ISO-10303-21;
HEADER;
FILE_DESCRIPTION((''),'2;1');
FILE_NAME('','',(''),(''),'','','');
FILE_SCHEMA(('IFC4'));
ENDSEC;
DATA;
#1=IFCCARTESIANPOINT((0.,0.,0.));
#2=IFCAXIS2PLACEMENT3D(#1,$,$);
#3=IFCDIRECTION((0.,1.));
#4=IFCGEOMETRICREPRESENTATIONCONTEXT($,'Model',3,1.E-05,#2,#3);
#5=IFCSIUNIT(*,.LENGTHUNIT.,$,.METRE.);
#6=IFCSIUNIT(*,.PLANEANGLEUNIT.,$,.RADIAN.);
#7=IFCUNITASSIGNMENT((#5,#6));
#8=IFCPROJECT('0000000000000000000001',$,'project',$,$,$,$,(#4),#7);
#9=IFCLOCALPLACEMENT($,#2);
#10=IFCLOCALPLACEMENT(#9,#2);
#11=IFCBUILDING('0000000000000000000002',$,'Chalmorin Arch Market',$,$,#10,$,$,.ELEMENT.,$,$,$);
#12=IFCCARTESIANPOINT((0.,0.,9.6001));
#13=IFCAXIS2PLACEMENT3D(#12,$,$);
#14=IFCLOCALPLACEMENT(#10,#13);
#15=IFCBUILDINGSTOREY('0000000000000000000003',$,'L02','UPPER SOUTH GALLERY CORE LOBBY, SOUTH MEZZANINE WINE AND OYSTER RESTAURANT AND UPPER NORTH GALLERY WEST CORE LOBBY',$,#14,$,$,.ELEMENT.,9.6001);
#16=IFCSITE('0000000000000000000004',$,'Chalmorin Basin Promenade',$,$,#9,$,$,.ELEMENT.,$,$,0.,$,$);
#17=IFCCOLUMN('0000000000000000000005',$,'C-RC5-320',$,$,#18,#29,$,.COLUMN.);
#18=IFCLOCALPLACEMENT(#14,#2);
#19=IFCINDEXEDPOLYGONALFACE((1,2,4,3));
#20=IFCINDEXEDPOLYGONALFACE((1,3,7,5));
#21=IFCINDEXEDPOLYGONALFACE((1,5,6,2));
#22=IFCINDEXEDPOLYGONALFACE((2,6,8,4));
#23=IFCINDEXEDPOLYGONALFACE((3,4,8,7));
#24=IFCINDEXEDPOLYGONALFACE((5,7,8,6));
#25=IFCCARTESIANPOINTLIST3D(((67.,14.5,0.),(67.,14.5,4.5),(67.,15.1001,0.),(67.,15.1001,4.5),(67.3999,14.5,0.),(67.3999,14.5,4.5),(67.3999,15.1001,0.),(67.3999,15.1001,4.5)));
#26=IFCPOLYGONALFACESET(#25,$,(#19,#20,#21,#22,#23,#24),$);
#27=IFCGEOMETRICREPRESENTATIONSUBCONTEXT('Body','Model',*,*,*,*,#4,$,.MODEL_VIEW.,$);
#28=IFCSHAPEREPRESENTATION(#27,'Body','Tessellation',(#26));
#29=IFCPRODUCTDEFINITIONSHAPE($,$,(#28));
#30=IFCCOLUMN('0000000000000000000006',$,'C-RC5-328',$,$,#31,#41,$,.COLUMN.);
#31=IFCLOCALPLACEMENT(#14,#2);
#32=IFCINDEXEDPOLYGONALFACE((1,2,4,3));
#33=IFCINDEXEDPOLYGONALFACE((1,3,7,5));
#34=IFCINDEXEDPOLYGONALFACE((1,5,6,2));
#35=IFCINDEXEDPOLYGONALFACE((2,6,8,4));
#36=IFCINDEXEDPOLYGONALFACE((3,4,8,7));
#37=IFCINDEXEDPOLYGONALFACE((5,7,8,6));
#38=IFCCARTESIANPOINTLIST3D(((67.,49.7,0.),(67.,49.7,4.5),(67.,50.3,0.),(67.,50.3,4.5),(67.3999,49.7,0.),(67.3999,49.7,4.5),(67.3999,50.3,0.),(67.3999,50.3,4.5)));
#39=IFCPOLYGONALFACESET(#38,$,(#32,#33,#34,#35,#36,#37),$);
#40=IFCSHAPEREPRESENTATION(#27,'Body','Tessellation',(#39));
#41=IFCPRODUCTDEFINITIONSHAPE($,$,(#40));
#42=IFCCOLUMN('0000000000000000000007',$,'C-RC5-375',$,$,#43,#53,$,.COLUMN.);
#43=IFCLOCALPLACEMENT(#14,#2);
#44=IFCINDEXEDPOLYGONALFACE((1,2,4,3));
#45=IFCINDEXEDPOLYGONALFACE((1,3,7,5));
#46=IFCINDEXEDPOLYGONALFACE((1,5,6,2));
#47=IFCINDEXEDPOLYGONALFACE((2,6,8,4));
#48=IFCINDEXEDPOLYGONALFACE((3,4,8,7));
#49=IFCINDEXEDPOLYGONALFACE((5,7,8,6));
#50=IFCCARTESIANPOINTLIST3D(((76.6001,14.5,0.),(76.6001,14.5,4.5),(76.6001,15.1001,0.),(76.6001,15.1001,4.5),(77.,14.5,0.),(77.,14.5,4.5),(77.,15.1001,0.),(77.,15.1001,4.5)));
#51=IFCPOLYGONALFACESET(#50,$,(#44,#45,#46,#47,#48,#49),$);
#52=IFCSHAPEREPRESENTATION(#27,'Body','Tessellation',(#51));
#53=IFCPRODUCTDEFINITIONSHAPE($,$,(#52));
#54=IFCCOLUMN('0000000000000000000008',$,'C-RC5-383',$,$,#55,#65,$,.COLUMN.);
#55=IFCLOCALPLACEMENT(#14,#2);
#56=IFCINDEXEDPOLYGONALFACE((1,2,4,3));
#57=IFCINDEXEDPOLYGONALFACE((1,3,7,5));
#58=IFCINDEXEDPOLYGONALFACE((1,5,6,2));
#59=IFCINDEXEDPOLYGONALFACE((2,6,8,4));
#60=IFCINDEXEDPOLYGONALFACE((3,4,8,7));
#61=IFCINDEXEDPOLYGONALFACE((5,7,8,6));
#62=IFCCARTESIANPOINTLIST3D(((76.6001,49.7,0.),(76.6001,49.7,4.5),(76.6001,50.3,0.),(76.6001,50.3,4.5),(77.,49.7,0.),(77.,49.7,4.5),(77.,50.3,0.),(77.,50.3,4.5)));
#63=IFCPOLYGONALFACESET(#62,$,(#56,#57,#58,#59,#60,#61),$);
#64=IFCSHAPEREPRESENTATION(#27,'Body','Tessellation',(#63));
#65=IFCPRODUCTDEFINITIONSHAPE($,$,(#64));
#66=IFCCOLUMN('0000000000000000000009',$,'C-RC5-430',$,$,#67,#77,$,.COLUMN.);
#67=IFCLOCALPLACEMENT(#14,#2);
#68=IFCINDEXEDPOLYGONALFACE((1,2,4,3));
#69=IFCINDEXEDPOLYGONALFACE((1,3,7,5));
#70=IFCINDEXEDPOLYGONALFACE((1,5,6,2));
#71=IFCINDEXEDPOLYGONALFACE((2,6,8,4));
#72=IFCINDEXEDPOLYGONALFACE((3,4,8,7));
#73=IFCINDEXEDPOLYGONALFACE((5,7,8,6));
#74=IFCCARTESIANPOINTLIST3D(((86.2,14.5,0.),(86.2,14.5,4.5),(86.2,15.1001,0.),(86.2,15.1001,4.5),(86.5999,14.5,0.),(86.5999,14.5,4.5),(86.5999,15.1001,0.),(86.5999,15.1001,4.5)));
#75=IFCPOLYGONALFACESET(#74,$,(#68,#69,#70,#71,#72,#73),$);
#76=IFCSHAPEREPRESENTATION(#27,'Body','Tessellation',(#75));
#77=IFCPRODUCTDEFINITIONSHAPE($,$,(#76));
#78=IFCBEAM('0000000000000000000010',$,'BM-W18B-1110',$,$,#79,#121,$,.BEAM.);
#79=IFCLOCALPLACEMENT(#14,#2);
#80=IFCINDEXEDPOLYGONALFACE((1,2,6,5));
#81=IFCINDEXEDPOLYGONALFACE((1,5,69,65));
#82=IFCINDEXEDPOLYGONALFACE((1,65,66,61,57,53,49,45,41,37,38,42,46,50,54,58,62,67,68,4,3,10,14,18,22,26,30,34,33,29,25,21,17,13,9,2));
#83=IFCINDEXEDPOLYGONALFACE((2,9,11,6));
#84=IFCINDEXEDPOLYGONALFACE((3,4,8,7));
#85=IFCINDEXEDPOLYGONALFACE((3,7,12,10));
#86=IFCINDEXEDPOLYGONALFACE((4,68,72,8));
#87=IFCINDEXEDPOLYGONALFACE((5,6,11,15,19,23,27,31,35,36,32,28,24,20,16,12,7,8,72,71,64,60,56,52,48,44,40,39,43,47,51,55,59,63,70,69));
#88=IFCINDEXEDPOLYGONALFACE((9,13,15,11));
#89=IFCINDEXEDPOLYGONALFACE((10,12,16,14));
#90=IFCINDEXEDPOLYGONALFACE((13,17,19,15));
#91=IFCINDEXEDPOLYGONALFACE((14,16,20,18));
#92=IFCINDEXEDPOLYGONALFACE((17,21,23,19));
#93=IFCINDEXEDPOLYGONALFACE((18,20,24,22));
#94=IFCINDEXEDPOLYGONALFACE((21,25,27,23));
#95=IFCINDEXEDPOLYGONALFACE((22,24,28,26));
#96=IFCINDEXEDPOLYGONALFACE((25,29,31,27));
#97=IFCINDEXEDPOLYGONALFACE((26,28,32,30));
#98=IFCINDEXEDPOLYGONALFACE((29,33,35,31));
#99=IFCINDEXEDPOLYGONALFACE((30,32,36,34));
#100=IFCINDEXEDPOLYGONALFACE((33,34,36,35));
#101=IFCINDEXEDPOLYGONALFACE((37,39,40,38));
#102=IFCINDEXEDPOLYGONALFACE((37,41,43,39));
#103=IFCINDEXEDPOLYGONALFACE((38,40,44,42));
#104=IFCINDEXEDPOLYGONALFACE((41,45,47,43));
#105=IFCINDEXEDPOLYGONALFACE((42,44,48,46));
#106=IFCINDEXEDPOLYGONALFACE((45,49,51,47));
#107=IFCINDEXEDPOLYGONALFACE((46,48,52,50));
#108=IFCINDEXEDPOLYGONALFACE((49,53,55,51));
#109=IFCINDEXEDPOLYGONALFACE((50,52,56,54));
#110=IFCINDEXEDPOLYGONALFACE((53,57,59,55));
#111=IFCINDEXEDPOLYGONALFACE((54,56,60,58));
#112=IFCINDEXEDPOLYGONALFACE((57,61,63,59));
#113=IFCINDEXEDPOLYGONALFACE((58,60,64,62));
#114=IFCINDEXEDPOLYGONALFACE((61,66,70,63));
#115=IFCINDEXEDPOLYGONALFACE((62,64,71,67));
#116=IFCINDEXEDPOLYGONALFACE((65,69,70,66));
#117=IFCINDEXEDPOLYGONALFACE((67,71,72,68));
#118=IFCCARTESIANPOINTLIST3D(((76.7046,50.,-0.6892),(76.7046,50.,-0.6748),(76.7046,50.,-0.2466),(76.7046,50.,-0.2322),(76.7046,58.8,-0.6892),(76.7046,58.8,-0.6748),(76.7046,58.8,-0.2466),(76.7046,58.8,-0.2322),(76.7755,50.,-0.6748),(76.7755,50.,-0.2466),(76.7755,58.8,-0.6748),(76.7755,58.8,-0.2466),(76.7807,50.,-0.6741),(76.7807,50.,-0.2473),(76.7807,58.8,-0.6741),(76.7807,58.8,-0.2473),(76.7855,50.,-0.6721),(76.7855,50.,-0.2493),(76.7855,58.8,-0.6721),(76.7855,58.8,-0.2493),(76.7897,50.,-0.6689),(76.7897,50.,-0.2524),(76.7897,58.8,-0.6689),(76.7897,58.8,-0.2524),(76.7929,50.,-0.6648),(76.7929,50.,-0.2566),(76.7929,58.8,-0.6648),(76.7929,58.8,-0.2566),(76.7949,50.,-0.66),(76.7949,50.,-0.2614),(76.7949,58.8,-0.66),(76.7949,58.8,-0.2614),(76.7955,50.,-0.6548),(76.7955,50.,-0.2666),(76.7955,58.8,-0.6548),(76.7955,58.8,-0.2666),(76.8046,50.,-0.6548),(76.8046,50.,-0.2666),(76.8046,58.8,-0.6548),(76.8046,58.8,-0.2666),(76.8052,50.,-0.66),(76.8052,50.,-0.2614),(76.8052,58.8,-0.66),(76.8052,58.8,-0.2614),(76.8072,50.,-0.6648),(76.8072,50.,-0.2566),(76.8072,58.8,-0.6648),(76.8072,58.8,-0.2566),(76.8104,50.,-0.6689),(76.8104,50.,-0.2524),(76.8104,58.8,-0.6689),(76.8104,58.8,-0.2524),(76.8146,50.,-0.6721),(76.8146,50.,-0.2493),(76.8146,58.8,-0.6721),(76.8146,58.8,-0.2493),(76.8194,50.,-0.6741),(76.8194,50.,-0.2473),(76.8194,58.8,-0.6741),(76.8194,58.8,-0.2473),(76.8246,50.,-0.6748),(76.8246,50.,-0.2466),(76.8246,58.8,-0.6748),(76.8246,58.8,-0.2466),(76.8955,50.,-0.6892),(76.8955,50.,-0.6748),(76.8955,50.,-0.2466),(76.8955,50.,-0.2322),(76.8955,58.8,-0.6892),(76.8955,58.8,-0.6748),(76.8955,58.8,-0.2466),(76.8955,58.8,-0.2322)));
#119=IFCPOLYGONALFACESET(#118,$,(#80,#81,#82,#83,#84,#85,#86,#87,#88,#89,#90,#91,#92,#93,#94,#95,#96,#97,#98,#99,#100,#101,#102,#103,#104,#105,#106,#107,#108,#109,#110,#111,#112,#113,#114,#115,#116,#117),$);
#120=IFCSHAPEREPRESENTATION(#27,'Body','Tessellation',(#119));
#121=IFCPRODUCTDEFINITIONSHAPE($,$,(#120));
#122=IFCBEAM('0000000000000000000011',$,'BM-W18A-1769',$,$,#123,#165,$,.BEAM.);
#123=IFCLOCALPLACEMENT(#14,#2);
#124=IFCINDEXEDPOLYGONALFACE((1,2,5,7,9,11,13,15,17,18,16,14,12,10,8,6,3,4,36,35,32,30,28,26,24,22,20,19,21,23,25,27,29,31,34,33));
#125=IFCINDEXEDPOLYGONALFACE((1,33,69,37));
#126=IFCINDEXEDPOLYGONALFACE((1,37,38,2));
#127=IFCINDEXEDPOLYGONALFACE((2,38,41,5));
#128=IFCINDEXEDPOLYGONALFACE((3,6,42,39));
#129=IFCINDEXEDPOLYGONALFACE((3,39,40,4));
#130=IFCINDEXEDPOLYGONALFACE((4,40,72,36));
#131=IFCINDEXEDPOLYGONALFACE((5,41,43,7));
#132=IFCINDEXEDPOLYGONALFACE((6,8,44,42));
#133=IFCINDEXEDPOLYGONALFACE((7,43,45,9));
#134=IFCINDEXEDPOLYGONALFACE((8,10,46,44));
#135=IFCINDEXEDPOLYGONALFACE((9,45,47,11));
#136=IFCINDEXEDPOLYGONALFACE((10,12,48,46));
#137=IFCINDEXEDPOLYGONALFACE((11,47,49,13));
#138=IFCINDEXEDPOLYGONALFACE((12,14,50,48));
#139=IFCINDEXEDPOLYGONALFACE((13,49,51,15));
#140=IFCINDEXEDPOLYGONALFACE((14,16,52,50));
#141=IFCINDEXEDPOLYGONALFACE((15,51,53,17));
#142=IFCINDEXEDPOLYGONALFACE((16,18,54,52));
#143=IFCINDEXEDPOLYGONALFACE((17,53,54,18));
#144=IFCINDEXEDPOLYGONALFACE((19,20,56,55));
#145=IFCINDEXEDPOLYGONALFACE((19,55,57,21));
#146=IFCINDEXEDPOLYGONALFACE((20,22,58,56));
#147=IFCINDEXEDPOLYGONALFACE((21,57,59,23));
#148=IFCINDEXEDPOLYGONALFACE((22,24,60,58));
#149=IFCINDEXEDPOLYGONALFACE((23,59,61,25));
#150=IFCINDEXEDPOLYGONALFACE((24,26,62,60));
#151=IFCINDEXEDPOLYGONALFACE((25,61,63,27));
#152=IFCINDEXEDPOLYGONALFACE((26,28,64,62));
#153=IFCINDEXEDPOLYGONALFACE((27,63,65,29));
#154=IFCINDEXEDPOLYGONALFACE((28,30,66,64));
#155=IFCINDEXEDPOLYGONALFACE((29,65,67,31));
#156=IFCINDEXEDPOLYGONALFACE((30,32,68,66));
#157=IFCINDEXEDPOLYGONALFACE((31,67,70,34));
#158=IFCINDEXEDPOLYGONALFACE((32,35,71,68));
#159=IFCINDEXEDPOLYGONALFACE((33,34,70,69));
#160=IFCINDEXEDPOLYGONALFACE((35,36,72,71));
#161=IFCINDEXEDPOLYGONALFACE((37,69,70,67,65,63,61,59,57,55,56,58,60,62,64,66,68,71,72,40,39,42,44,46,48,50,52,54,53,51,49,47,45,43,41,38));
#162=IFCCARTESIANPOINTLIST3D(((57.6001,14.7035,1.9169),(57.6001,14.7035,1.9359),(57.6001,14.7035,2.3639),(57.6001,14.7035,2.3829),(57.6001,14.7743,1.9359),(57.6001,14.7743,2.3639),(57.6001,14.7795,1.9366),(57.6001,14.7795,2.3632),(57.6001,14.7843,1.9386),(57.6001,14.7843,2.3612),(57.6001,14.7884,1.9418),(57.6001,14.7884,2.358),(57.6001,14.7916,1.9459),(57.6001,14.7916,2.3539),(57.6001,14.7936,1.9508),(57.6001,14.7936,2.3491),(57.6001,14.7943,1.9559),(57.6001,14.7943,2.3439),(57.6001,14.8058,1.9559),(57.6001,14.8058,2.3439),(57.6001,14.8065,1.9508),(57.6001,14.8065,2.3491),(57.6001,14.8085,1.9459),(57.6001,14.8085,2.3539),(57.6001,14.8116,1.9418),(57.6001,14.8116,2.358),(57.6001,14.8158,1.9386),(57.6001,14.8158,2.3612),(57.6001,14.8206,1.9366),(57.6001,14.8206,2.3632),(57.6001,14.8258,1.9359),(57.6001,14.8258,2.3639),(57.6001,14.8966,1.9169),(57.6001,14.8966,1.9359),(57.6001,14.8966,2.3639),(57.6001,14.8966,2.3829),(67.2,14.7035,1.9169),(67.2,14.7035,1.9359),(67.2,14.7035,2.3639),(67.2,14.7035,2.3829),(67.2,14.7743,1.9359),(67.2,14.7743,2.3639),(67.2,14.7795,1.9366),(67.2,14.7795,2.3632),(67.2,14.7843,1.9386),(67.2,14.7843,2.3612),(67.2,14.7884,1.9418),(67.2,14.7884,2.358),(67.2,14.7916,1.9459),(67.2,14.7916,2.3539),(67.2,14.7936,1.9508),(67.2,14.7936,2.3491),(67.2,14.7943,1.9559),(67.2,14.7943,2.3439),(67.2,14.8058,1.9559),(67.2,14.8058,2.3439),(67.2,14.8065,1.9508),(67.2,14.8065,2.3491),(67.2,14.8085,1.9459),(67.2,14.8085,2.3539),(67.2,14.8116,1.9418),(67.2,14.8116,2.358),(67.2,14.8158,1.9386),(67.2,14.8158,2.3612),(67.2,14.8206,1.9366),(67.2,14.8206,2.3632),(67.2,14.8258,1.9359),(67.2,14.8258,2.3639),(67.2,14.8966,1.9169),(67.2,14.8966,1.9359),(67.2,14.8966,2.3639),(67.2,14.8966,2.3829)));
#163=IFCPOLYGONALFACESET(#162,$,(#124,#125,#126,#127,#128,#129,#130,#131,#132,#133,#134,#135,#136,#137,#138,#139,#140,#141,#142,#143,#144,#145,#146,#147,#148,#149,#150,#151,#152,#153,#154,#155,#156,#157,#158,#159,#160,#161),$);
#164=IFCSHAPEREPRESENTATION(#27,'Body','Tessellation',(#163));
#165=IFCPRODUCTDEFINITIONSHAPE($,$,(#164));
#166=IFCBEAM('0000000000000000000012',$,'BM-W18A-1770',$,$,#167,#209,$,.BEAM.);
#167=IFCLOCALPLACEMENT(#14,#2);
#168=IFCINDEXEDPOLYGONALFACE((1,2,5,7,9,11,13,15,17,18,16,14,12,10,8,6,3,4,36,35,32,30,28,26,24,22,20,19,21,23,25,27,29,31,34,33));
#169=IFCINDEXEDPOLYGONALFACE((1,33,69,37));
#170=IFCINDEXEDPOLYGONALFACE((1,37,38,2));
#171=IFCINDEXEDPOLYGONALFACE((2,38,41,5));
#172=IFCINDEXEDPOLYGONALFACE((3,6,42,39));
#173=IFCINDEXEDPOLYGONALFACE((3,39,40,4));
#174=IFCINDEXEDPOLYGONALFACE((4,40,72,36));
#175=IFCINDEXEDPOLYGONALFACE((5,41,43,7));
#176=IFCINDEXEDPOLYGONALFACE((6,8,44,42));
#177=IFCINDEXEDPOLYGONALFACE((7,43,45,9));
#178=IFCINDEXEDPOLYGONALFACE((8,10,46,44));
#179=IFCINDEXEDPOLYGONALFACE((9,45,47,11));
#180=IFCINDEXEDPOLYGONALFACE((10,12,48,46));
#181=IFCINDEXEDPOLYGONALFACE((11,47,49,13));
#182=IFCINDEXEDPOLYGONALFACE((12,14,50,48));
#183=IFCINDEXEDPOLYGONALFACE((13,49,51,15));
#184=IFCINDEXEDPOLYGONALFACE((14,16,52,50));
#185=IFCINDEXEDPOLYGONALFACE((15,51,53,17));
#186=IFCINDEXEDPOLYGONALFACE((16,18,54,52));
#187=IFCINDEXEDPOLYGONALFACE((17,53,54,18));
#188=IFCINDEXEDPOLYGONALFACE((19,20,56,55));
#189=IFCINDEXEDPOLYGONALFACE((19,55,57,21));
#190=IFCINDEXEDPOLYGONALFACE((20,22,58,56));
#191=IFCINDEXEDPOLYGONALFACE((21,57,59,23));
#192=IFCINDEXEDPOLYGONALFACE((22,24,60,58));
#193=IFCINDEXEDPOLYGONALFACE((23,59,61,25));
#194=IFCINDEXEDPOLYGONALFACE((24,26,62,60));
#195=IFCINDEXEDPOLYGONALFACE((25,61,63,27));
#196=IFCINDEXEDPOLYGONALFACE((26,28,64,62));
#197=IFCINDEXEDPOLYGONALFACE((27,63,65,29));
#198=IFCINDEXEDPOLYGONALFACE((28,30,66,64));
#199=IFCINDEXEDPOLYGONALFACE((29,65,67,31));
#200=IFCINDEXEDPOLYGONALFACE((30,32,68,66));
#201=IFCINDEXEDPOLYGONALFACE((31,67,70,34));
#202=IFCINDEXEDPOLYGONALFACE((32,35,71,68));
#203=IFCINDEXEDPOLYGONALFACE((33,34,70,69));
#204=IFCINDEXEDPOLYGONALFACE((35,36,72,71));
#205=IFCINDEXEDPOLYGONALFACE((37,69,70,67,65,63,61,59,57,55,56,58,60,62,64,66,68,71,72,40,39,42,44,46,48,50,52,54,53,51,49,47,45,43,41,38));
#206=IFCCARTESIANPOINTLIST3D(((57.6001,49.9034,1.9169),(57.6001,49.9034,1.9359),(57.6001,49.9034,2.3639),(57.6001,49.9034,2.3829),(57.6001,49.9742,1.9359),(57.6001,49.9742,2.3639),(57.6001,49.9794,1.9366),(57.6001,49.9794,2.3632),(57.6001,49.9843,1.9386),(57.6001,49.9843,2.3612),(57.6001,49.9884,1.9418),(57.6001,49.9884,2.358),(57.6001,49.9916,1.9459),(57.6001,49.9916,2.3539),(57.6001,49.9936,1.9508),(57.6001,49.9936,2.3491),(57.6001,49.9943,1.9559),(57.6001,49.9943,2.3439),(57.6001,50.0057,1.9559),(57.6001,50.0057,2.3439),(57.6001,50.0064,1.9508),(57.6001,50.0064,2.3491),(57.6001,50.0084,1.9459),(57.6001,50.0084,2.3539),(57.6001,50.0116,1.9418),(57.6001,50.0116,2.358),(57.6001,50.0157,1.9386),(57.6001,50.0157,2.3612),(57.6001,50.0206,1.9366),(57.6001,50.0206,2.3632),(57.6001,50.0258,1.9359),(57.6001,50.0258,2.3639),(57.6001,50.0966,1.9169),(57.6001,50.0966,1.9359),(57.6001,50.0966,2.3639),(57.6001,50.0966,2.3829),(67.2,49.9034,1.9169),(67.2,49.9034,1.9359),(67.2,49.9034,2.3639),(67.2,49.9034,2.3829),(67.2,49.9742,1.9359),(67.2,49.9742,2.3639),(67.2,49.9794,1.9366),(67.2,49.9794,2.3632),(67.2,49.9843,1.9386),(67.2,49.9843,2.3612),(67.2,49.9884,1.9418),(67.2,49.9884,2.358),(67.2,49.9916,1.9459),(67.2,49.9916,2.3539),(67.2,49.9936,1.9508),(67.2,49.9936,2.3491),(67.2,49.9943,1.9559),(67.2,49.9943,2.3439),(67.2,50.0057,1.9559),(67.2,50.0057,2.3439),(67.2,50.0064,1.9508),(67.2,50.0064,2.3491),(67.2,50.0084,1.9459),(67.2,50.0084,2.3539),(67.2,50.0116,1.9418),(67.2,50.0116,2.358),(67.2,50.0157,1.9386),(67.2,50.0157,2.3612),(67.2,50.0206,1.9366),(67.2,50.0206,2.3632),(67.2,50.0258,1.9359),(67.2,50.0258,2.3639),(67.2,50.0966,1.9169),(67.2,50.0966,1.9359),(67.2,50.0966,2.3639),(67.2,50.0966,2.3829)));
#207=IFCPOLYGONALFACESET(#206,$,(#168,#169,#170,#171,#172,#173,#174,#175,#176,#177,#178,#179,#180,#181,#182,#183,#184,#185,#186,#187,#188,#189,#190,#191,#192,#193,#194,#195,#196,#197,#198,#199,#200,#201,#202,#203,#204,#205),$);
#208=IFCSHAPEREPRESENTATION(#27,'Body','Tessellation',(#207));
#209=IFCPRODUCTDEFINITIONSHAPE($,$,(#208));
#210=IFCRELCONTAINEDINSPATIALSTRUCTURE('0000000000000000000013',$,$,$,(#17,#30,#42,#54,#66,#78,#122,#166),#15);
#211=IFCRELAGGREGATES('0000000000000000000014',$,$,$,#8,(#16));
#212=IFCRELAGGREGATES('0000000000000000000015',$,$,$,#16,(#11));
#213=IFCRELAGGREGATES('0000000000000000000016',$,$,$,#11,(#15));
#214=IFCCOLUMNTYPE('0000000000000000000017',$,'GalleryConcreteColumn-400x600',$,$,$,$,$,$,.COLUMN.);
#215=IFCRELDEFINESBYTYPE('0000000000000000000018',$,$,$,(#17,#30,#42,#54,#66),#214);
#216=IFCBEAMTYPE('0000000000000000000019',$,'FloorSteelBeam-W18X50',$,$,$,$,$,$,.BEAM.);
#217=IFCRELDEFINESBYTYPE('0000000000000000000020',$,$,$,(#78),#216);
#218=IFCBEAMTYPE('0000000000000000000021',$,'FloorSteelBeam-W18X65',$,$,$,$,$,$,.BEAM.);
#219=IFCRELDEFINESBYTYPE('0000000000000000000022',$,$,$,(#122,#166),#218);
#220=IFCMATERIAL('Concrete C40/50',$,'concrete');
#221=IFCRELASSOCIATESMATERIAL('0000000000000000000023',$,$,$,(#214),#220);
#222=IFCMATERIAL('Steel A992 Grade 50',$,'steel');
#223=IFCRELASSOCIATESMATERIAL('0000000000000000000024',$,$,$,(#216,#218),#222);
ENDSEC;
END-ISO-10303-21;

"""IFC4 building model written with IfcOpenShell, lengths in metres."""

from ifc_helpers import new_model, si_unit, direction, frame, origin, origin_2d, place, context, subcontext, project, spatial, rectangle, i_section, extrude, material, material_profile, profile_set, type_object, element, save


model = new_model("IFC4")

# Units and contexts
model_context = context("Model", 3, precision=1e-05, world=origin(), true_north=direction((0.0, 1.0)))
body_context = subcontext(model_context, "Body", "Model", "MODEL_VIEW")
ifc_project = project(units=[si_unit("LENGTHUNIT", "METRE"), si_unit("PLANEANGLEUNIT", "RADIAN")], contexts=[model_context])

# Site, building, storey
site_placement = place(None, origin())
site = spatial("IfcSite", under=ifc_project, at=site_placement, Name="Chalmorin Basin Promenade", CompositionType="ELEMENT", RefElevation=0.0)
building_placement = place(site_placement, origin())
building = spatial("IfcBuilding", under=site, at=building_placement, Name="Chalmorin Arch Market", CompositionType="ELEMENT")
storey_placement = place(building_placement, frame((0.0, 0.0, 9.6001)))
storey = spatial("IfcBuildingStorey", under=building, at=storey_placement, Name="L02", Description="UPPER SOUTH GALLERY CORE LOBBY, SOUTH MEZZANINE WINE AND OYSTER RESTAURANT AND UPPER NORTH GALLERY WEST CORE LOBBY", CompositionType="ELEMENT", Elevation=9.6001)

# Columns
ifc_material_1 = material(Name="Concrete C40/50", Category="concrete")
ifc_material_profile_1 = material_profile(ifc_material_1, rectangle(XDim=0.3999, YDim=0.6001, at=origin_2d()), Name="RC400X600")
ifc_profile_set_1 = profile_set([ifc_material_profile_1], Name="Concrete C40/50")
column_type = type_object("IfcColumnType", Name="GalleryConcreteColumn-400x600", PredefinedType="COLUMN", material=ifc_profile_set_1)
for number, where, z_axis, x_axis, name in (
    (1, (67.2, 14.8, 0.0), (0.0, 0.0, 1.0), (1.0, 0.0, 0.0), "C-RC5-320"),
    (2, (67.2, 50.0, 0.0), (0.0, 0.0, 1.0), (1.0, 0.0, 0.0), "C-RC5-328"),
    (3, (76.8, 14.8, 0.0), (0.0, 0.0, 1.0), (1.0, 0.0, 0.0), "C-RC5-375"),
    (4, (76.8, 50.0, 0.0), (0.0, 0.0, 1.0), (1.0, 0.0, 0.0), "C-RC5-383"),
    (5, (86.3999, 14.8, 0.0), (0.0, 0.0, 1.0), (1.0, 0.0, 0.0), "C-RC5-430"),
):
    element("IfcColumn", number, at=place(storey_placement, frame(where, z_axis=z_axis, x_axis=x_axis)), inside=storey, type_object=column_type, Name=name, PredefinedType="COLUMN", context=body_context, shape_type="SweptSolid", body=[
        extrude(rectangle(XDim=0.3999, YDim=0.6001, at=origin_2d()), origin(), (0.0, 0.0, 1.0), 4.5),
    ])

# Beams
ifc_material_2 = material(Name="Steel A992 Grade 50", Category="steel")
ifc_material_profile_2 = material_profile(ifc_material_2, i_section(OverallWidth=0.1909, OverallDepth=0.457, WebThickness=0.009, FlangeThickness=0.0144, FilletRadius=0.02, at=origin_2d()), Name="W18X50")
ifc_profile_set_2 = profile_set([ifc_material_profile_2], Name="Steel A992 Grade 50")
beam_type_1 = type_object("IfcBeamType", Name="FloorSteelBeam-W18X50", PredefinedType="BEAM", material=ifc_profile_set_2)
beam_1_placement = place(storey_placement, frame((76.8, 50.0, -0.4607), z_axis=(0.0, 1.0, 0.0), x_axis=(-1.0, 0.0, 0.0)))
element("IfcBeam", 6, at=beam_1_placement, inside=storey, type_object=beam_type_1, Name="BM-W18B-1110", PredefinedType="BEAM", context=body_context, shape_type="SweptSolid", body=[
    extrude(i_section(OverallWidth=0.1909, OverallDepth=0.457, WebThickness=0.009, FlangeThickness=0.0144, FilletRadius=0.02, at=origin_2d()), origin(), (0.0, 0.0, 1.0), 8.8),
])
ifc_material_profile_3 = material_profile(ifc_material_2, i_section(OverallWidth=0.1931, OverallDepth=0.4661, WebThickness=0.0115, FlangeThickness=0.019, FilletRadius=0.02, at=origin_2d()), Name="W18X65")
ifc_profile_set_3 = profile_set([ifc_material_profile_3], Name="Steel A992 Grade 50")
beam_type_2 = type_object("IfcBeamType", Name="FloorSteelBeam-W18X65", PredefinedType="BEAM", material=ifc_profile_set_3)
for number, where, z_axis, x_axis, name in (
    (7, (57.6001, 14.8, 2.1499), (1.0, 0.0, 0.0), (0.0, 1.0, 0.0), "BM-W18A-1769"),
    (8, (57.6001, 50.0, 2.1499), (1.0, 0.0, 0.0), (0.0, 1.0, 0.0), "BM-W18A-1770"),
):
    element("IfcBeam", number, at=place(storey_placement, frame(where, z_axis=z_axis, x_axis=x_axis)), inside=storey, type_object=beam_type_2, Name=name, PredefinedType="BEAM", context=body_context, shape_type="SweptSolid", body=[
        extrude(i_section(OverallWidth=0.1931, OverallDepth=0.4661, WebThickness=0.0115, FlangeThickness=0.019, FilletRadius=0.02, at=origin_2d()), origin(), (0.0, 0.0, 1.0), 9.5999),
    ])

save(model, "model.ifc")
